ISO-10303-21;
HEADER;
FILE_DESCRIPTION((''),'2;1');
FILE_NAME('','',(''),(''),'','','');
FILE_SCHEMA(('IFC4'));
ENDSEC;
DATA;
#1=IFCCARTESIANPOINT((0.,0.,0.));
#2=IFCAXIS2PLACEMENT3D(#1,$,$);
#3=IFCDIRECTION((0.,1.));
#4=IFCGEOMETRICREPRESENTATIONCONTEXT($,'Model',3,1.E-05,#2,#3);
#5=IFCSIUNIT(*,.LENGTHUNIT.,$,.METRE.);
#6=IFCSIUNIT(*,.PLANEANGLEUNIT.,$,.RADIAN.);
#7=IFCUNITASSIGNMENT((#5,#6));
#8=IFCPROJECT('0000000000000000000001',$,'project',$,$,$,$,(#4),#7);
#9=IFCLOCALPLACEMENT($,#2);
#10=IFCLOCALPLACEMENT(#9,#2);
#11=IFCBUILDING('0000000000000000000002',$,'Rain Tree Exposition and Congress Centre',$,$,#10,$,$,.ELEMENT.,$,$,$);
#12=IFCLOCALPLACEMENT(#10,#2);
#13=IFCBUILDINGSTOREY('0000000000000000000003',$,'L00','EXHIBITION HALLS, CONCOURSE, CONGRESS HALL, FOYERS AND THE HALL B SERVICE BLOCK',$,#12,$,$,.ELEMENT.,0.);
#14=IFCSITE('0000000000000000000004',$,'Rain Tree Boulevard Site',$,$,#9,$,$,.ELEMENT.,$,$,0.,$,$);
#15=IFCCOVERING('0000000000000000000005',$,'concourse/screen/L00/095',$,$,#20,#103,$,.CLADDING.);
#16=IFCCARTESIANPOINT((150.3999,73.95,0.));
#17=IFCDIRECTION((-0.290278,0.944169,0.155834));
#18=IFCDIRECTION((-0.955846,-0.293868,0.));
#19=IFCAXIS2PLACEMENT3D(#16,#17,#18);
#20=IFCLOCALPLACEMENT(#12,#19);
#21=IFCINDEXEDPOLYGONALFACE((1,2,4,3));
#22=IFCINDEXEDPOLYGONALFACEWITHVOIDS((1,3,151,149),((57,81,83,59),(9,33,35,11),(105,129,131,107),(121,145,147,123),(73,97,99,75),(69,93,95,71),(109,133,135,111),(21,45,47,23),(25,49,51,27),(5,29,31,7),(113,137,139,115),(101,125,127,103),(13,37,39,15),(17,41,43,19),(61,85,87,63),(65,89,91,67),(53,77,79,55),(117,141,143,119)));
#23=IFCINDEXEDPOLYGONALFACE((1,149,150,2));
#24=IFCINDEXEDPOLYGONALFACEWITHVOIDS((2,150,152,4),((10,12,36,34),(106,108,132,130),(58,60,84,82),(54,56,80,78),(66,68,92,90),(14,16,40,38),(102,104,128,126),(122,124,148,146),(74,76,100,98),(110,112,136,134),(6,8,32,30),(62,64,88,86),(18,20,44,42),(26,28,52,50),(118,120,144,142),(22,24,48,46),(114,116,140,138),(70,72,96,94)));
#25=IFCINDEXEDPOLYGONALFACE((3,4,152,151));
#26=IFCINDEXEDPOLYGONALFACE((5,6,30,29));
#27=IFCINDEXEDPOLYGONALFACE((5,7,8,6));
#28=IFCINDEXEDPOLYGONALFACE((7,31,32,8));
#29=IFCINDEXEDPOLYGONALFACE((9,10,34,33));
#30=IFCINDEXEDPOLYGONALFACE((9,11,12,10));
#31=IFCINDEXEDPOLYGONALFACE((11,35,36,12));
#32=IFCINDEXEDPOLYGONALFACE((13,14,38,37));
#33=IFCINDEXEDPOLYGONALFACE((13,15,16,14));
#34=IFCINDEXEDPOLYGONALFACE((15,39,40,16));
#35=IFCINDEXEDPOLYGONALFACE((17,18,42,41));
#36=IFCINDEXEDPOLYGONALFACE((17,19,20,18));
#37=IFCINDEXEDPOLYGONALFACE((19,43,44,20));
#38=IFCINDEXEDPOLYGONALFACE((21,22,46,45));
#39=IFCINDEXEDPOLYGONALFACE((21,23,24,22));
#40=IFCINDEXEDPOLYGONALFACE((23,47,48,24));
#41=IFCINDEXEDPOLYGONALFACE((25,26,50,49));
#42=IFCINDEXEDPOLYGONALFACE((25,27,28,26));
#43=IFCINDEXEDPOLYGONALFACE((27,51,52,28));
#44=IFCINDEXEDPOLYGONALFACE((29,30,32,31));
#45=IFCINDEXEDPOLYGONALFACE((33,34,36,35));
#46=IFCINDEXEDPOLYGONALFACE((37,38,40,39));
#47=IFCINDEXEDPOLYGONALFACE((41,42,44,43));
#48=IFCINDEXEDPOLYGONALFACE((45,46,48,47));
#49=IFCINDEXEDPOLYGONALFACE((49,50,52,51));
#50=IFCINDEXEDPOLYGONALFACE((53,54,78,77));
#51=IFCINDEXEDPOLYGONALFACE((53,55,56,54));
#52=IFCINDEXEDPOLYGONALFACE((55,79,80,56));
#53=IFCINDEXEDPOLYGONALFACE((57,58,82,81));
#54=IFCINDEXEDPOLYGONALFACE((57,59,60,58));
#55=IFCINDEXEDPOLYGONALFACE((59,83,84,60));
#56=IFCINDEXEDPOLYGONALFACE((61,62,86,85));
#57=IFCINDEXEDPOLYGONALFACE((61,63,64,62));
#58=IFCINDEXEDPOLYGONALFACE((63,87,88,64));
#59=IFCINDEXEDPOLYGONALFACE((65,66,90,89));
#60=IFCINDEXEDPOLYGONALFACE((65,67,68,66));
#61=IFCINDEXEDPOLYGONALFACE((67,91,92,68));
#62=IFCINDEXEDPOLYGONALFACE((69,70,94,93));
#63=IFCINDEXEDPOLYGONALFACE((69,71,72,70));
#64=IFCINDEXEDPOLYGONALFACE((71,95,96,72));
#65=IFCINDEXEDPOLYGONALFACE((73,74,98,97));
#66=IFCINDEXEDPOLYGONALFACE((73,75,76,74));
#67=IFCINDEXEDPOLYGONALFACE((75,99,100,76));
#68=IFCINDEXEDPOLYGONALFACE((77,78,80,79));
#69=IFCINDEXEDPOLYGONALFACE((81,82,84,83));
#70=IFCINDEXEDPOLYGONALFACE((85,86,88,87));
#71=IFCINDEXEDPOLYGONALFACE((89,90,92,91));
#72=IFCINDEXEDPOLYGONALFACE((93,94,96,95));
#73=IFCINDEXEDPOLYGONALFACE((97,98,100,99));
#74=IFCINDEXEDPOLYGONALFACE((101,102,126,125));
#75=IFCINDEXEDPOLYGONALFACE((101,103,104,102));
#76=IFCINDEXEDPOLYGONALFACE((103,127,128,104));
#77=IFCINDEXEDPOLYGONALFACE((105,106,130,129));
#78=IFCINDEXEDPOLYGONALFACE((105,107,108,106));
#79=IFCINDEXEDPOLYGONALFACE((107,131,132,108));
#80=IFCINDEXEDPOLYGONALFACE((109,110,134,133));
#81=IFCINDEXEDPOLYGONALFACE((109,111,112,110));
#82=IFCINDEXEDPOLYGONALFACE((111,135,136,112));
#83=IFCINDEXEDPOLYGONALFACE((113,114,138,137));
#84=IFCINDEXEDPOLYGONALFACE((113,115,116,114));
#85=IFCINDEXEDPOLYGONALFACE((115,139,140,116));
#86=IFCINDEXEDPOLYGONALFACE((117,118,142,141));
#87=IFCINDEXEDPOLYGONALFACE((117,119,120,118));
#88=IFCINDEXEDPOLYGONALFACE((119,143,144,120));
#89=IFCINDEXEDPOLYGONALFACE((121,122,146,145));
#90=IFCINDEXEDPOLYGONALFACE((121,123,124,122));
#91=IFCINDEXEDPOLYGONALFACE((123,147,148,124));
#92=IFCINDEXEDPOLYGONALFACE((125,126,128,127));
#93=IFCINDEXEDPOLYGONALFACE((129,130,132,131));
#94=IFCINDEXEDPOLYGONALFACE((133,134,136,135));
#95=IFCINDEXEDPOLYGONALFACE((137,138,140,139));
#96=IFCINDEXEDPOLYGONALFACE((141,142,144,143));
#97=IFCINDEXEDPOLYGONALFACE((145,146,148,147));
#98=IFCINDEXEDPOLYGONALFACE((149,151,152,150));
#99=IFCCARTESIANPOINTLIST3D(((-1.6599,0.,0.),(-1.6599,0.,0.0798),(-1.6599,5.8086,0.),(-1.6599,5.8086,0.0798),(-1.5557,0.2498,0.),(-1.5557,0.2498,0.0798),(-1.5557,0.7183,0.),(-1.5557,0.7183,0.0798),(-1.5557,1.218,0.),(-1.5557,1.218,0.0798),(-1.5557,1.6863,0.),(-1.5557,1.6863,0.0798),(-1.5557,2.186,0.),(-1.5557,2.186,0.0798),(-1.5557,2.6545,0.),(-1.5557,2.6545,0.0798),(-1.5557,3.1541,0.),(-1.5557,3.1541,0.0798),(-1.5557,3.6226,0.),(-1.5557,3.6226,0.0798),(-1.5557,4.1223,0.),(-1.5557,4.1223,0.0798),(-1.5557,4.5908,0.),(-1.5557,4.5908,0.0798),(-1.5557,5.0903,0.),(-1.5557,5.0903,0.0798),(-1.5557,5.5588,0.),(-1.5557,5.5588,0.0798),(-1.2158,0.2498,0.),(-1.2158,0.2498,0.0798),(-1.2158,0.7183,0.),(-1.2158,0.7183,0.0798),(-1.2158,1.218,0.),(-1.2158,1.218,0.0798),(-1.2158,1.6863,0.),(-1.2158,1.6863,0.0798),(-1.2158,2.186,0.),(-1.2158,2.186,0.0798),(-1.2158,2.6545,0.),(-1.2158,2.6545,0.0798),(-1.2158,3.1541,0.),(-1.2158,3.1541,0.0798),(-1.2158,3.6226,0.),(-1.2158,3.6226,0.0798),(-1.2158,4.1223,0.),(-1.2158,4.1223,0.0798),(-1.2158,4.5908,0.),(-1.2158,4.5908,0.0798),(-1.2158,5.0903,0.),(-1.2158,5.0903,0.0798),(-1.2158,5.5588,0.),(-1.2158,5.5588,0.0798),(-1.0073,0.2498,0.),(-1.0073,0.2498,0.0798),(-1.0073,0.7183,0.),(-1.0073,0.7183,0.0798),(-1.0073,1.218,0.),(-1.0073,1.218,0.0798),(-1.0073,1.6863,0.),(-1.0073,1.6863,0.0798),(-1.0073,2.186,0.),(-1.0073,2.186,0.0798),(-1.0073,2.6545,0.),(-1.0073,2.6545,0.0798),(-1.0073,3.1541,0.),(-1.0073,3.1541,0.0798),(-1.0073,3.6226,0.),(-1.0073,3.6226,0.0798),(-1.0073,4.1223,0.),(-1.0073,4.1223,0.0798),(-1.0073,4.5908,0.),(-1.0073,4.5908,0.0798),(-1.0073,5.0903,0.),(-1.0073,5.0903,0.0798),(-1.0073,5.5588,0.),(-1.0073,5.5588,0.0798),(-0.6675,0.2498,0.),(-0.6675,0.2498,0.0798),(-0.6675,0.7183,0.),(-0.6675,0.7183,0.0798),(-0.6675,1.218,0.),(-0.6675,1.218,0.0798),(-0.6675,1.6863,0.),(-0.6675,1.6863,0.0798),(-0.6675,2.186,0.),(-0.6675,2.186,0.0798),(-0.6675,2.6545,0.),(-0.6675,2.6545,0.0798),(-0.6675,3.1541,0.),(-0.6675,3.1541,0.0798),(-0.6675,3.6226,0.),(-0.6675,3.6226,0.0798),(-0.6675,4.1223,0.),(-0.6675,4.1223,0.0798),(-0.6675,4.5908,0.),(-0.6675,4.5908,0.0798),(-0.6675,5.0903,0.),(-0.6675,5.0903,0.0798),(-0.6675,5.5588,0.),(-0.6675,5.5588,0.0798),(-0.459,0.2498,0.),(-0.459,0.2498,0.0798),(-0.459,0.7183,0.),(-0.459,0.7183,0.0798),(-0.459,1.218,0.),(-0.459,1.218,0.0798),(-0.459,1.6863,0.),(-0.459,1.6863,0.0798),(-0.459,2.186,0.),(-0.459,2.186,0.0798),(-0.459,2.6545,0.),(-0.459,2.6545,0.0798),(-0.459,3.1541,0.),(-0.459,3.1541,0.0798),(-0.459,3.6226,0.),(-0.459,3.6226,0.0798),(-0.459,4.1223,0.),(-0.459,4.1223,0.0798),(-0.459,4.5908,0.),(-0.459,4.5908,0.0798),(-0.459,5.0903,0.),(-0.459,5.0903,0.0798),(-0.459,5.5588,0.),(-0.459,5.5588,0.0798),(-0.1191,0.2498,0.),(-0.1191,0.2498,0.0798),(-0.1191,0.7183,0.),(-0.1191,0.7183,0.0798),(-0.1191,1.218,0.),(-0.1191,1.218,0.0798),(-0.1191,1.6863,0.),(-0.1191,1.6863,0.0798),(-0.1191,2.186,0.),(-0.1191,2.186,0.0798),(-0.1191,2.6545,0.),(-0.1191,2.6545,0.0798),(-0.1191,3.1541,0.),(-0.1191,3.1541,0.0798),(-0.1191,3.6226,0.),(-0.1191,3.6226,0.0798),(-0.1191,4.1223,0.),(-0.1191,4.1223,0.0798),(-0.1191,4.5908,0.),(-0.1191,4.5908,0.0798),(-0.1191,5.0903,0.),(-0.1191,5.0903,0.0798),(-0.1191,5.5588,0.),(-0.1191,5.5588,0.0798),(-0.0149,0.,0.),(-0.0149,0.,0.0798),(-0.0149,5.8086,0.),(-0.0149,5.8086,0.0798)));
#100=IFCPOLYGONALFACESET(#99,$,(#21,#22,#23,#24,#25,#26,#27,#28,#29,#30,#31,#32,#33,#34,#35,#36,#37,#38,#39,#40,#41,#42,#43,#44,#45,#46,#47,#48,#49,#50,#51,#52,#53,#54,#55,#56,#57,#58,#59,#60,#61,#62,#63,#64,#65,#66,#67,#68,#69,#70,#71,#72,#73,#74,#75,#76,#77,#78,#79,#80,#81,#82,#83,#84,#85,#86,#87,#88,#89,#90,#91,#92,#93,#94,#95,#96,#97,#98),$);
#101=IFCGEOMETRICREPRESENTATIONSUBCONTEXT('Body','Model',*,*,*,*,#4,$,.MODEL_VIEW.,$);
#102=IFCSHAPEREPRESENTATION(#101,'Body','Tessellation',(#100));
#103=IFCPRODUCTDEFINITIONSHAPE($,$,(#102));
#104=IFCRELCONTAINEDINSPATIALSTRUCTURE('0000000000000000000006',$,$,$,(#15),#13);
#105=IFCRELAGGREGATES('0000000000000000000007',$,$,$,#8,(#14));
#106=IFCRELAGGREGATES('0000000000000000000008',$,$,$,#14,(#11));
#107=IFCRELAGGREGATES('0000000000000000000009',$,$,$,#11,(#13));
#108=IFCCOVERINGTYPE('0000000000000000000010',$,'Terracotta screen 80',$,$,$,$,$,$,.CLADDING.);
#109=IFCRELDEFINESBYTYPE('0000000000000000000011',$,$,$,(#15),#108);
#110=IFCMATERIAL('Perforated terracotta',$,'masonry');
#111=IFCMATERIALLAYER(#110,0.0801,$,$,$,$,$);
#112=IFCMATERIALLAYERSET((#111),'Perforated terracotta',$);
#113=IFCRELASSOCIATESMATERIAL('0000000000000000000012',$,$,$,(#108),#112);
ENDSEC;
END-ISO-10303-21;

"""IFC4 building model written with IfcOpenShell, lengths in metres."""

from ifc_helpers import new_model, si_unit, direction, frame, origin, place, context, subcontext, project, spatial, polyline, outline, extrude, material, layer, layer_set, type_object, element, save


model = new_model("IFC4")

# Units and contexts
model_context = context("Model", 3, precision=1e-05, world=origin(), true_north=direction((0.0, 1.0)))
body_context = subcontext(model_context, "Body", "Model", "MODEL_VIEW")
ifc_project = project(units=[si_unit("LENGTHUNIT", "METRE"), si_unit("PLANEANGLEUNIT", "RADIAN")], contexts=[model_context])

# Site, building, storey
site_placement = place(None, origin())
site = spatial("IfcSite", under=ifc_project, at=site_placement, Name="Rain Tree Boulevard Site", CompositionType="ELEMENT", RefElevation=0.0)
building_placement = place(site_placement, origin())
building = spatial("IfcBuilding", under=site, at=building_placement, Name="Rain Tree Exposition and Congress Centre", CompositionType="ELEMENT")
storey_placement = place(building_placement, origin())
storey = spatial("IfcBuildingStorey", under=building, at=storey_placement, Name="L00", Description="EXHIBITION HALLS, CONCOURSE, CONGRESS HALL, FOYERS AND THE HALL B SERVICE BLOCK", CompositionType="ELEMENT", Elevation=0.0)

# Covering
ifc_material_1 = material(Name="Perforated terracotta", Category="masonry")
ifc_layer_1 = layer(ifc_material_1, 0.0801)
ifc_layer_set_1 = layer_set([ifc_layer_1], Name="Perforated terracotta")
covering_type = type_object("IfcCoveringType", Name="Terracotta screen 80", PredefinedType="CLADDING", material=ifc_layer_set_1)
covering_1_placement = place(storey_placement, frame((150.3999, 73.95, 0.0), z_axis=(-0.290278, 0.944169, 0.155834), x_axis=(-0.955846, -0.293868, 0.0)))
element("IfcCovering", 1, at=covering_1_placement, inside=storey, type_object=covering_type, Name="concourse/screen/L00/095", PredefinedType="CLADDING", context=body_context, shape_type="SweptSolid", body=[
    extrude(outline(polyline([(-0.0149, 0.0), (-1.6599, 0.0), (-1.6599, 5.8086), (-0.0149, 5.8086), (-0.0149, 0.0)]), holes=[polyline([(-0.1191, 0.2498), (-0.1191, 0.7183), (-0.459, 0.7183), (-0.459, 0.2498), (-0.1191, 0.2498)]), polyline([(-0.1191, 1.218), (-0.1191, 1.6863), (-0.459, 1.6863), (-0.459, 1.218), (-0.1191, 1.218)]), polyline([(-0.1191, 2.186), (-0.1191, 2.6545), (-0.459, 2.6545), (-0.459, 2.186), (-0.1191, 2.186)]), polyline([(-0.1191, 3.1541), (-0.1191, 3.6226), (-0.459, 3.6226), (-0.459, 3.1541), (-0.1191, 3.1541)]), polyline([(-0.1191, 4.1223), (-0.1191, 4.5908), (-0.459, 4.5908), (-0.459, 4.1223), (-0.1191, 4.1223)]), polyline([(-0.1191, 5.0903), (-0.1191, 5.5588), (-0.459, 5.5588), (-0.459, 5.0903), (-0.1191, 5.0903)]), polyline([(-0.6675, 0.2498), (-0.6675, 0.7183), (-1.0073, 0.7183), (-1.0073, 0.2498), (-0.6675, 0.2498)]), polyline([(-0.6675, 1.218), (-0.6675, 1.6863), (-1.0073, 1.6863), (-1.0073, 1.218), (-0.6675, 1.218)]), polyline([(-0.6675, 2.186), (-0.6675, 2.6545), (-1.0073, 2.6545), (-1.0073, 2.186), (-0.6675, 2.186)]), polyline([(-0.6675, 3.1541), (-0.6675, 3.6226), (-1.0073, 3.6226), (-1.0073, 3.1541), (-0.6675, 3.1541)]), polyline([(-0.6675, 4.1223), (-0.6675, 4.5908), (-1.0073, 4.5908), (-1.0073, 4.1223), (-0.6675, 4.1223)]), polyline([(-0.6675, 5.0903), (-0.6675, 5.5588), (-1.0073, 5.5588), (-1.0073, 5.0903), (-0.6675, 5.0903)]), polyline([(-1.2158, 0.2498), (-1.2158, 0.7183), (-1.5557, 0.7183), (-1.5557, 0.2498), (-1.2158, 0.2498)]), polyline([(-1.2158, 1.218), (-1.2158, 1.6863), (-1.5557, 1.6863), (-1.5557, 1.218), (-1.2158, 1.218)]), polyline([(-1.2158, 2.186), (-1.2158, 2.6545), (-1.5557, 2.6545), (-1.5557, 2.186), (-1.2158, 2.186)]), polyline([(-1.2158, 3.1541), (-1.2158, 3.6226), (-1.5557, 3.6226), (-1.5557, 3.1541), (-1.2158, 3.1541)]), polyline([(-1.2158, 4.1223), (-1.2158, 4.5908), (-1.5557, 4.5908), (-1.5557, 4.1223), (-1.2158, 4.1223)]), polyline([(-1.2158, 5.0903), (-1.2158, 5.5588), (-1.5557, 5.5588), (-1.5557, 5.0903), (-1.2158, 5.0903)])]), origin(), (0.0, 0.0, 1.0), 0.0798),
])

save(model, "model.ifc")
